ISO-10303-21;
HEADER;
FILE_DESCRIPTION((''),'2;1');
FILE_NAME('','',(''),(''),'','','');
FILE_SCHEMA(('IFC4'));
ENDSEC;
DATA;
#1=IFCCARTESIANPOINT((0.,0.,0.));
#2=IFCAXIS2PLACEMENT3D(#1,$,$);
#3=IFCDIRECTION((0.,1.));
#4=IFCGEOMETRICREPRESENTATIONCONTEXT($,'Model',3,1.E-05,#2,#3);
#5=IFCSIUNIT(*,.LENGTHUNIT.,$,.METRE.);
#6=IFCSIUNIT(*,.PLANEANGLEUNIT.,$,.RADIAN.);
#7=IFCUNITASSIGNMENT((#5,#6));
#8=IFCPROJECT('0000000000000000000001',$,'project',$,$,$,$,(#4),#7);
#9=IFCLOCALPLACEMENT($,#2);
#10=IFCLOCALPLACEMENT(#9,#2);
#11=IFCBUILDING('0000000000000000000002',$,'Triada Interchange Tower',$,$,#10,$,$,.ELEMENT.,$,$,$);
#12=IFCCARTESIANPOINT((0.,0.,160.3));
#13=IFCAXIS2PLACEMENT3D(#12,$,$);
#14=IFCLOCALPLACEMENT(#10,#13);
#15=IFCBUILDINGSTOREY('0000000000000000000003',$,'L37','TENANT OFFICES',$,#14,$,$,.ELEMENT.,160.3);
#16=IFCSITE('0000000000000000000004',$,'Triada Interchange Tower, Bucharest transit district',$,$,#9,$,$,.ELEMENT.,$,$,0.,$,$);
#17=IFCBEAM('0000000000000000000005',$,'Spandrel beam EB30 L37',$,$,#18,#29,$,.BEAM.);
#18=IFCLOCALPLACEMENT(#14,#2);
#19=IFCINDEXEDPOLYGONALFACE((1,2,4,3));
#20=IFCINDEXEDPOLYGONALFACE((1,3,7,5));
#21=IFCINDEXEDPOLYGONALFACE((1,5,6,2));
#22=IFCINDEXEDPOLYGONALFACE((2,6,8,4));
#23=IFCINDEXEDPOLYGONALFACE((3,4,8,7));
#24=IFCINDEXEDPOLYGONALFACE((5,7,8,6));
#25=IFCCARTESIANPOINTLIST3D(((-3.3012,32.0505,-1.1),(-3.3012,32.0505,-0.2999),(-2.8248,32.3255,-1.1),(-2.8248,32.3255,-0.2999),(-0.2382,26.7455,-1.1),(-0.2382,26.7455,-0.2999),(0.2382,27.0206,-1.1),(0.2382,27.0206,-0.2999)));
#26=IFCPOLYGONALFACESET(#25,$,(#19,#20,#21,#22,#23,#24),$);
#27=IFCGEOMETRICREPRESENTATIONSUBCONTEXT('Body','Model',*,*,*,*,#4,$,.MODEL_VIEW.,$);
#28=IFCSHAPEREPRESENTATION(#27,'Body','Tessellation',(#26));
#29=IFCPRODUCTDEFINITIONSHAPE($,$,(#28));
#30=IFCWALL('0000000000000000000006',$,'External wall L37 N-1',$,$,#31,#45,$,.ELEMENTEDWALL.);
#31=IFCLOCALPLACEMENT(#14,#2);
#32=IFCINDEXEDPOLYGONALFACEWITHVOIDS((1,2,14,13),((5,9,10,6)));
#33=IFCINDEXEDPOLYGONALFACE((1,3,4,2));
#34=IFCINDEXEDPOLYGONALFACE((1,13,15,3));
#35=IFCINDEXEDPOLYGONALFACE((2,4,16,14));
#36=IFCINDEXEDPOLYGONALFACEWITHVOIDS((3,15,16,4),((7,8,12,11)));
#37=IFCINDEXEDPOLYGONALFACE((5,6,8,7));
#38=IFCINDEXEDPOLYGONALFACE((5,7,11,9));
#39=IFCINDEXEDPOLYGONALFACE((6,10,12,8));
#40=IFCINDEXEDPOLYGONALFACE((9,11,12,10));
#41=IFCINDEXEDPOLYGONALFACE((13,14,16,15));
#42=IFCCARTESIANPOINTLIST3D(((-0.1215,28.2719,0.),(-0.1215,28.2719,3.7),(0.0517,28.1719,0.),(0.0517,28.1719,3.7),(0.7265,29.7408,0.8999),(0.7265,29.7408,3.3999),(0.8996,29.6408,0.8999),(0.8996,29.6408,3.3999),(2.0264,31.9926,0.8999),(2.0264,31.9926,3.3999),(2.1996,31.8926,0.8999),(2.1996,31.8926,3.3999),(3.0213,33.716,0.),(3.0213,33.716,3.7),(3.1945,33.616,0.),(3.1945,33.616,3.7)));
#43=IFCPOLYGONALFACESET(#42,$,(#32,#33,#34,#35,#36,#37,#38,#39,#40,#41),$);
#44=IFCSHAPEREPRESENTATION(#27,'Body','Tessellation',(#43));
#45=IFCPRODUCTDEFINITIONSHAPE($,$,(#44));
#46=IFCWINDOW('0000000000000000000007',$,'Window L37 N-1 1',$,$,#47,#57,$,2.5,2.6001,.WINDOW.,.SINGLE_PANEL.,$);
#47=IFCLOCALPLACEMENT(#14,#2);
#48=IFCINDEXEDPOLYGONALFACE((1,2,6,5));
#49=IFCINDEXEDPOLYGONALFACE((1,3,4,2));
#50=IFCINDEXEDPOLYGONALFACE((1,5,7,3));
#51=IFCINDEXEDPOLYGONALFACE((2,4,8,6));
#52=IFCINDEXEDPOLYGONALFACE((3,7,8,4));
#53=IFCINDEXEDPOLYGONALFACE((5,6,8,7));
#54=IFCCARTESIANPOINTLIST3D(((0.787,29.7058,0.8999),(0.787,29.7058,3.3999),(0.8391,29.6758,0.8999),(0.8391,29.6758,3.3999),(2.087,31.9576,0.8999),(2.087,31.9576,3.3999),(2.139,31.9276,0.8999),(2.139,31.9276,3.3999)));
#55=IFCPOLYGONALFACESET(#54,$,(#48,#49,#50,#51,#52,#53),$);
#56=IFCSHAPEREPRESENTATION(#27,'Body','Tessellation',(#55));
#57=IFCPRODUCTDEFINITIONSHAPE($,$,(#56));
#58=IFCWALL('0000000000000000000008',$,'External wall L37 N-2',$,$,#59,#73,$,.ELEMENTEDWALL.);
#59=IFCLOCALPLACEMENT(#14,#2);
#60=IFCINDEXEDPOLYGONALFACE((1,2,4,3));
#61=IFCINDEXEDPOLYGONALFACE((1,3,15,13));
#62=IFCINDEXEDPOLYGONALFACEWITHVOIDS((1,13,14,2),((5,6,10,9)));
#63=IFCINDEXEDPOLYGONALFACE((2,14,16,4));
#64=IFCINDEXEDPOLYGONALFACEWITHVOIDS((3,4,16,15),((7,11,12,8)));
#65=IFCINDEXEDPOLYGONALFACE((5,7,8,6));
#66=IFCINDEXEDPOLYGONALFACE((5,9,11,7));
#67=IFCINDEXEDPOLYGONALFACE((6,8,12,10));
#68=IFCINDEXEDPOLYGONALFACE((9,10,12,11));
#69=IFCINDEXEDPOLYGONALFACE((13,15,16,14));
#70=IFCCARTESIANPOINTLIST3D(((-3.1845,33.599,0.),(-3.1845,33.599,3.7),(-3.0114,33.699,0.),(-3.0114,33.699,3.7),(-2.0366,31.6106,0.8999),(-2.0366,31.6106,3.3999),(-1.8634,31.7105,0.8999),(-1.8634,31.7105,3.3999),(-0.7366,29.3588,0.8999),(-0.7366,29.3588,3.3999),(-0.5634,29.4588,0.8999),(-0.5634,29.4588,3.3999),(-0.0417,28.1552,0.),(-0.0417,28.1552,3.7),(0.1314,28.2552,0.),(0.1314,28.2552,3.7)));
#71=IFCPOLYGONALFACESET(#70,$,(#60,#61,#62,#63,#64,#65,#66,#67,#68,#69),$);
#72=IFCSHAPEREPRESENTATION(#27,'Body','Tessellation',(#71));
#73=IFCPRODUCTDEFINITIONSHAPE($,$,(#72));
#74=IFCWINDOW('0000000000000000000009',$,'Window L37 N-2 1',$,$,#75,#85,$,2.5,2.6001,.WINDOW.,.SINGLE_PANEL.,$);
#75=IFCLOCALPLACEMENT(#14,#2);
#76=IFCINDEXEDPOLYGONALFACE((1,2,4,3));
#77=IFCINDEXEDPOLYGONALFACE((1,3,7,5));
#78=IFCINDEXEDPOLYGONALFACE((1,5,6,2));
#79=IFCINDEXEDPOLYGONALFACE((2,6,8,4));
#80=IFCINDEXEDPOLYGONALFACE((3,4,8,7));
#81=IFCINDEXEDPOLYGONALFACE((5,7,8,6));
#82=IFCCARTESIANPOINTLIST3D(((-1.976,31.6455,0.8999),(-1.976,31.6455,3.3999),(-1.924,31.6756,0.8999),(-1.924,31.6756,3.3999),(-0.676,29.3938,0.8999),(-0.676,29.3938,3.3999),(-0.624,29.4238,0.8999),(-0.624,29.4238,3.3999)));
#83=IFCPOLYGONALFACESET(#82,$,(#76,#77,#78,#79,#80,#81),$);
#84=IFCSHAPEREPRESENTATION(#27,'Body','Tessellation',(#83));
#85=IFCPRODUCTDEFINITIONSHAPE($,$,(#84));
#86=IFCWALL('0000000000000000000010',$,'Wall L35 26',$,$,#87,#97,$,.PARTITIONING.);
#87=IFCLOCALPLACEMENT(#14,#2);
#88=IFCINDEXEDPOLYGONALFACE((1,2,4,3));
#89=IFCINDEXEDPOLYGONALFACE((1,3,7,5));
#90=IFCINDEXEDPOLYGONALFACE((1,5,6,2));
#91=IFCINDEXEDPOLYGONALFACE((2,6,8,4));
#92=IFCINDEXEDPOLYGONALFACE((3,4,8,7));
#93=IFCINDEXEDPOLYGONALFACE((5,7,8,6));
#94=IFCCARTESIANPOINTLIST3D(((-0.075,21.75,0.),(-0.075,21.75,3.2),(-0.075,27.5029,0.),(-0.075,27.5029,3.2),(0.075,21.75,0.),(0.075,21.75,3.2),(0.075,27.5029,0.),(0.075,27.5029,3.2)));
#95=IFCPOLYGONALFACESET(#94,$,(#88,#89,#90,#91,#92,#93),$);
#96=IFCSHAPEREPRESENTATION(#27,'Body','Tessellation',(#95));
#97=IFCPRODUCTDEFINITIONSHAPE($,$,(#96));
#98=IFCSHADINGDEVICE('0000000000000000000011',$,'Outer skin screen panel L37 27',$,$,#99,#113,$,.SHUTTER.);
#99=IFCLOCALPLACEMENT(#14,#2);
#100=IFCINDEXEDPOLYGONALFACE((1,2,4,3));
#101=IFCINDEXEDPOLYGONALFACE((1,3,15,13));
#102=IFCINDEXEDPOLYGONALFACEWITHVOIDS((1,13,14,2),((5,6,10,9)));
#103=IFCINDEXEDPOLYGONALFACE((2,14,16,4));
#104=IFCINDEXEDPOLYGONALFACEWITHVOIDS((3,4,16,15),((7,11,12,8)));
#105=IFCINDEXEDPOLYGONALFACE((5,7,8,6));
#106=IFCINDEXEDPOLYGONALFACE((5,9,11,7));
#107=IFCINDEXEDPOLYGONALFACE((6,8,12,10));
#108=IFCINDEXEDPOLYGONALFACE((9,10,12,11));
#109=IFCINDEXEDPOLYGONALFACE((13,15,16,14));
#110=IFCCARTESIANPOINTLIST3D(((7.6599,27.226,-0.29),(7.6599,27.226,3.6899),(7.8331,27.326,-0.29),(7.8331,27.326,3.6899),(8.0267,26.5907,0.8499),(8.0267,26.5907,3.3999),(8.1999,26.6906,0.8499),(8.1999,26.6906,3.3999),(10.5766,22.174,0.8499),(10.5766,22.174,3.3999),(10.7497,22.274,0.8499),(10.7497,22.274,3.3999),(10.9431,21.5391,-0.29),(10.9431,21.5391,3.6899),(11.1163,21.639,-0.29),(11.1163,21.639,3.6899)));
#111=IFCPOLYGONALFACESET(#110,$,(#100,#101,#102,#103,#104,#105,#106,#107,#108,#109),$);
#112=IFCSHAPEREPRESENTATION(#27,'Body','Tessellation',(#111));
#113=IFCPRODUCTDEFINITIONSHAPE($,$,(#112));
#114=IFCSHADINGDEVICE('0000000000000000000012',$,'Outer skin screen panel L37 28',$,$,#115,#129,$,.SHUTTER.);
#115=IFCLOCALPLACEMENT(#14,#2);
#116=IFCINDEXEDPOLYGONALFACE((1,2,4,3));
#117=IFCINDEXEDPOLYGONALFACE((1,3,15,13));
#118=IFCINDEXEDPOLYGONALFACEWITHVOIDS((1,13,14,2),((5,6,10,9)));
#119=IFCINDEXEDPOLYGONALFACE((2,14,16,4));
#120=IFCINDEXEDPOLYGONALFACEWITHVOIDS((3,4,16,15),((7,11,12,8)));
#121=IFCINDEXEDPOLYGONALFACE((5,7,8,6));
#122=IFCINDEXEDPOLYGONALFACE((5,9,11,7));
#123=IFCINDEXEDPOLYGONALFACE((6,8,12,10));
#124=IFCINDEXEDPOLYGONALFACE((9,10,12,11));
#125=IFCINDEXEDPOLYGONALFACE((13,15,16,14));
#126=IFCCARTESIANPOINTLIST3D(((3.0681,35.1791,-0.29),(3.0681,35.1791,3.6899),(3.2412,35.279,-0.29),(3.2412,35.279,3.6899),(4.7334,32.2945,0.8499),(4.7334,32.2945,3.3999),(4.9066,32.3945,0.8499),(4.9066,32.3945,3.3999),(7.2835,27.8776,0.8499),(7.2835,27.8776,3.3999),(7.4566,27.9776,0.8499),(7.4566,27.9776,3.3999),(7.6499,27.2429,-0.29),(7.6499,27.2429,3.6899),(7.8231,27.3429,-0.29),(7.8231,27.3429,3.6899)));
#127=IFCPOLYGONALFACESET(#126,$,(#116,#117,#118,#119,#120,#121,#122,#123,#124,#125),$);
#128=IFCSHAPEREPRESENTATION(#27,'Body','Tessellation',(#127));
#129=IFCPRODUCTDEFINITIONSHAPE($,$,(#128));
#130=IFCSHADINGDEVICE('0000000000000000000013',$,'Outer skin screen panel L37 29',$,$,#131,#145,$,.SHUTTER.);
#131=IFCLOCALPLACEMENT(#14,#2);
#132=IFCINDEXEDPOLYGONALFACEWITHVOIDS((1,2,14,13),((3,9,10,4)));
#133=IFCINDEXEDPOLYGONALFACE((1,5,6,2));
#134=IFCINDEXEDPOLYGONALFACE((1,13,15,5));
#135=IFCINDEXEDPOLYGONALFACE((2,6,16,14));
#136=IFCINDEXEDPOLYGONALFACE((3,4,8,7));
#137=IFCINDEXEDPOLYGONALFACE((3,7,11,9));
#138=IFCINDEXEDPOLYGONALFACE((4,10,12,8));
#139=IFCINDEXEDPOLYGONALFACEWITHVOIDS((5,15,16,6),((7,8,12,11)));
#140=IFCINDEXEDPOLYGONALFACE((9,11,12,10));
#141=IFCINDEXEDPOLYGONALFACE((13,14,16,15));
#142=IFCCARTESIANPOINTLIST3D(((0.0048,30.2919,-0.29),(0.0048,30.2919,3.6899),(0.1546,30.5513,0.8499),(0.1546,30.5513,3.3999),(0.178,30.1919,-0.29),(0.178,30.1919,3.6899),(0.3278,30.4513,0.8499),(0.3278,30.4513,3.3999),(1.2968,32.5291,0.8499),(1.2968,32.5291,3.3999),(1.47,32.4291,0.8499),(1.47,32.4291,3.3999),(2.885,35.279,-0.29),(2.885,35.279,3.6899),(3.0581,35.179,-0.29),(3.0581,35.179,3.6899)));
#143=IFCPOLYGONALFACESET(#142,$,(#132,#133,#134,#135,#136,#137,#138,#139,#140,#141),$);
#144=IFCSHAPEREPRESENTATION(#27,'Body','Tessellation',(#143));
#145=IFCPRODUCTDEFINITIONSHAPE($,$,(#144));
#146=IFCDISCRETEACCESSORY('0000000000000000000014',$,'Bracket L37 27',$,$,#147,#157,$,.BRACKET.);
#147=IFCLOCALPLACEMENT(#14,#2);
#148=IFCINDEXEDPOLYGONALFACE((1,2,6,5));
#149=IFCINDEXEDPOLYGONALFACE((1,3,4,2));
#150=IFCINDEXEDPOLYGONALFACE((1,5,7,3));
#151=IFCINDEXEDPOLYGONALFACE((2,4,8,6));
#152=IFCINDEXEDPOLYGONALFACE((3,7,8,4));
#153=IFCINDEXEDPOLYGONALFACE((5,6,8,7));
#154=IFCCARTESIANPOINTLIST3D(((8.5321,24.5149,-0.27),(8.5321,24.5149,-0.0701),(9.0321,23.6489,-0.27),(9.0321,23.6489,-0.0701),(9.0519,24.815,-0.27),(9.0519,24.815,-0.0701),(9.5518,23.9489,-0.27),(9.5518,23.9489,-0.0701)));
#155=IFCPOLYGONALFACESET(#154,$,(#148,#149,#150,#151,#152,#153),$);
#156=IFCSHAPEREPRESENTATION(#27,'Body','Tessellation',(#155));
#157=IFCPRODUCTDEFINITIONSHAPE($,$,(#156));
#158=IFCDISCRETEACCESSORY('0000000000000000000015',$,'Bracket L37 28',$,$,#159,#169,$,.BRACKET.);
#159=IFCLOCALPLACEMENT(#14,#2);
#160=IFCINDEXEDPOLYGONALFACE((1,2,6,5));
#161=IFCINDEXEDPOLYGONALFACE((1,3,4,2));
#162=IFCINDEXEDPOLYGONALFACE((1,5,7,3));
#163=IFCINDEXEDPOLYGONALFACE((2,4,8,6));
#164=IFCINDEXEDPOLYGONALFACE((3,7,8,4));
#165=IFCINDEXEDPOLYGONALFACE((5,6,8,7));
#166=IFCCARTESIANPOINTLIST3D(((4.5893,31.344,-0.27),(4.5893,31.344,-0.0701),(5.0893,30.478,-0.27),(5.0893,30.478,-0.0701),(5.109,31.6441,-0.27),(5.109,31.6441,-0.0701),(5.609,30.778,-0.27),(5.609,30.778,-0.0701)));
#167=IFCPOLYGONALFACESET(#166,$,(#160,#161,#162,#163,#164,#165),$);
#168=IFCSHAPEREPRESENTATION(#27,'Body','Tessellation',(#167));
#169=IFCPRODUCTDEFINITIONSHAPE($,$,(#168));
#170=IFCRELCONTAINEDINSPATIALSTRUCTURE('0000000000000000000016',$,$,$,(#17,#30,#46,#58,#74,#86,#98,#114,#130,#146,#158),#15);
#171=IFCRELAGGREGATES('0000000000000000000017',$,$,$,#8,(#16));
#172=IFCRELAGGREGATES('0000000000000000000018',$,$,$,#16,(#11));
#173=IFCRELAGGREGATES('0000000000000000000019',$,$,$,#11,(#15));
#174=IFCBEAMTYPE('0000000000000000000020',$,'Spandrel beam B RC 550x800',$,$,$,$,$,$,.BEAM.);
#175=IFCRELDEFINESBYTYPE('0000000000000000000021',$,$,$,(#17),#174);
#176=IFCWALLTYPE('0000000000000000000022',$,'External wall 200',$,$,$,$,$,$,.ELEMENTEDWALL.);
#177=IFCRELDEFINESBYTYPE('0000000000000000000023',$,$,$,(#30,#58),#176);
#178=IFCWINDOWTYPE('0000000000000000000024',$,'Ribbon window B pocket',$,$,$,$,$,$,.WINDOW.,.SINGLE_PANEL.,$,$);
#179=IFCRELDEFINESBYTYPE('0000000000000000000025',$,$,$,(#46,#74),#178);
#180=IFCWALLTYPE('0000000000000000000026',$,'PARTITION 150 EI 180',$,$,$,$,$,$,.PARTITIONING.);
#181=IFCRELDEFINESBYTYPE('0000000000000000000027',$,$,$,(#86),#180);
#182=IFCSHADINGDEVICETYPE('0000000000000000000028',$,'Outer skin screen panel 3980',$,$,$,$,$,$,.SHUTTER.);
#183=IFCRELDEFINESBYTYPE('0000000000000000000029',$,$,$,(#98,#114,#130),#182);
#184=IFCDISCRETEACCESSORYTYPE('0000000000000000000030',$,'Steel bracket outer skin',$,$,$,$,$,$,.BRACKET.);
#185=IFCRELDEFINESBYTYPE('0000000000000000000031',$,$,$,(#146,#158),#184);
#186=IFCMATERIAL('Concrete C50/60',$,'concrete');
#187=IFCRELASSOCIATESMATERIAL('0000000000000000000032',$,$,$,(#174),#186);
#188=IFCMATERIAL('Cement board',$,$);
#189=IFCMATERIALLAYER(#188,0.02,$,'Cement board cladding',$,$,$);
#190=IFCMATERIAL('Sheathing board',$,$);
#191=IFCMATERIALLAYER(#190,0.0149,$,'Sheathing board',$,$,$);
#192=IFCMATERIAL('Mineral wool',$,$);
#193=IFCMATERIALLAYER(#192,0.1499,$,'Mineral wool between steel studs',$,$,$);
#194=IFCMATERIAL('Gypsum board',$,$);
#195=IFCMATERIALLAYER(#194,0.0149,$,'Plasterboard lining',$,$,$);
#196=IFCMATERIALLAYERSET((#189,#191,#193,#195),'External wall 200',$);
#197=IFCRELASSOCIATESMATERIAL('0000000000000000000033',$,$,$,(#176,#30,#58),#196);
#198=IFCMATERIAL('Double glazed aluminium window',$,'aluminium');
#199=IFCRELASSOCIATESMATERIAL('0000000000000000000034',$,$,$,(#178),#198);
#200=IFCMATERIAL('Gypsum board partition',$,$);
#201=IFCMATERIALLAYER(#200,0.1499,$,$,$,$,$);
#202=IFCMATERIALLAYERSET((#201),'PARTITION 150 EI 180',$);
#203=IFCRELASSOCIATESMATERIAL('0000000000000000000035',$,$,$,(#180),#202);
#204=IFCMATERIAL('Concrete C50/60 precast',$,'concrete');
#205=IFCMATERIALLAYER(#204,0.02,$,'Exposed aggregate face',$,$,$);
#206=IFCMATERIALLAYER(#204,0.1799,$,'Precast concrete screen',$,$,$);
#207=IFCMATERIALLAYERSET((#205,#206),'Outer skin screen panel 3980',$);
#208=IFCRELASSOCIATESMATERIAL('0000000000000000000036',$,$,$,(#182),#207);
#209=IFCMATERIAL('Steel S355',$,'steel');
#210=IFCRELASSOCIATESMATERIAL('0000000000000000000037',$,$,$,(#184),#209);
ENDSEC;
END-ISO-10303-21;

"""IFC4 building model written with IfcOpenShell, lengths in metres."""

from ifc_helpers import new_model, si_unit, direction, frame, frame_2d, origin, origin_2d, place, context, subcontext, project, spatial, polyline, rectangle, outline, extrude, material, layer, layer_set, layer_usage, material_profile, profile_set, type_object, element, fill, save


model = new_model("IFC4")

# Units and contexts
model_context = context("Model", 3, precision=1e-05, world=origin(), true_north=direction((0.0, 1.0)))
body_context = subcontext(model_context, "Body", "Model", "MODEL_VIEW")
ifc_project = project(units=[si_unit("LENGTHUNIT", "METRE"), si_unit("PLANEANGLEUNIT", "RADIAN")], contexts=[model_context])

# Site, building, storey
site_placement = place(None, origin())
site = spatial("IfcSite", under=ifc_project, at=site_placement, Name="Triada Interchange Tower, Bucharest transit district", CompositionType="ELEMENT", RefElevation=0.0)
building_placement = place(site_placement, origin())
building = spatial("IfcBuilding", under=site, at=building_placement, Name="Triada Interchange Tower", CompositionType="ELEMENT")
storey_placement = place(building_placement, frame((0.0, 0.0, 160.3)))
storey = spatial("IfcBuildingStorey", under=building, at=storey_placement, Name="L37", Description="TENANT OFFICES", CompositionType="ELEMENT", Elevation=160.3)

# Beam
ifc_material_1 = material(Name="Concrete C50/60", Category="concrete")
ifc_material_profile_1 = material_profile(ifc_material_1, rectangle(XDim=0.55, YDim=0.8, at=origin_2d()), Name="RC 550x800")
ifc_profile_set_1 = profile_set([ifc_material_profile_1], Name="Concrete C50/60")
beam_type_1 = type_object("IfcBeamType", Name="Spandrel beam B RC 550x800", PredefinedType="BEAM", material=ifc_profile_set_1)
for number, where, z_axis, x_axis, name in (
    (1, (0.0, 26.8831, -0.7), (-0.500023, 0.866012, 0.0), (-0.866012, -0.500023, 0.0), "Spandrel beam EB30 L37"),
):
    element("IfcBeam", number, at=place(storey_placement, frame(where, z_axis=z_axis, x_axis=x_axis)), inside=storey, type_object=beam_type_1, Name=name, PredefinedType="BEAM", context=body_context, shape_type="SweptSolid", body=[
        extrude(rectangle(XDim=0.55, YDim=0.8, at=origin_2d()), origin(), (0.0, 0.0, 1.0), 6.1257),
    ])

# Walls, openings, windows
ifc_material_2 = material(Name="Cement board")
ifc_layer_1 = layer(ifc_material_2, 0.02, Name="Cement board cladding")
ifc_material_3 = material(Name="Sheathing board")
ifc_layer_2 = layer(ifc_material_3, 0.0149, Name="Sheathing board")
ifc_material_4 = material(Name="Mineral wool")
ifc_layer_3 = layer(ifc_material_4, 0.1499, Name="Mineral wool between steel studs")
ifc_material_5 = material(Name="Gypsum board")
ifc_layer_4 = layer(ifc_material_5, 0.0149, Name="Plasterboard lining")
ifc_layer_set_1 = layer_set([ifc_layer_1, ifc_layer_2, ifc_layer_3, ifc_layer_4], Name="External wall 200")
ifc_layer_usage = layer_usage(ifc_layer_set_1, "AXIS2", "POSITIVE", -0.1001)
wall_type_1 = type_object("IfcWallType", Name="External wall 200", PredefinedType="ELEMENTEDWALL", material=ifc_layer_set_1)
wall_1_placement = place(storey_placement, frame((3.1079, 33.666, 0.0), z_axis=(0.0, 0.0, 1.0), x_axis=(-0.499961, -0.866048, 0.0)))
wall_1 = element("IfcWall", 2, at=wall_1_placement, inside=storey, type_object=wall_type_1, material=ifc_layer_usage, Name="External wall L37 N-1", PredefinedType="ELEMENTEDWALL", context=body_context, shape_type="SweptSolid", body=[
    extrude(rectangle(XDim=6.2861, YDim=0.2, at=frame_2d((3.1431, 0.0))), origin(), (0.0, 0.0, 1.0), 3.7),
])
opening_1_placement = place(wall_1_placement, frame((1.99, 0.0, 0.8999)))
opening_1 = element("IfcOpeningElement", 3, at=opening_1_placement, cuts=wall_1, PredefinedType="OPENING", context=body_context, shape_type="SweptSolid", body=[
    extrude(rectangle(XDim=2.6001, YDim=2.5, at=frame_2d((1.3, 1.25))), frame((0.0, 0.1099, 0.0), z_axis=(0.0, -1.0, 0.0), x_axis=(1.0, 0.0, 0.0)), (0.0, 0.0, 1.0), 0.22),
])
ifc_material_6 = material(Name="Double glazed aluminium window", Category="aluminium")
window_type = type_object("IfcWindowType", Name="Ribbon window B pocket", PartitioningType="SINGLE_PANEL", PredefinedType="WINDOW", material=ifc_material_6)
window_1_placement = place(opening_1_placement, origin())
window_1 = element("IfcWindow", 4, at=window_1_placement, inside=storey, type_object=window_type, Name="Window L37 N-1 1", OverallHeight=2.5, OverallWidth=2.6001, PartitioningType="SINGLE_PANEL", PredefinedType="WINDOW", context=body_context, shape_type="SweptSolid", body=[
    extrude(rectangle(XDim=2.6001, YDim=2.5, at=frame_2d((1.3, 1.25))), frame((0.0, 0.03, 0.0), z_axis=(0.0, -1.0, 0.0), x_axis=(1.0, 0.0, 0.0)), (0.0, 0.0, 1.0), 0.0601),
])
fill(opening_1, window_1)
wall_2_placement = place(storey_placement, frame((0.0449, 28.2051, 0.0), z_axis=(0.0, 0.0, 1.0), x_axis=(-0.499978, 0.866038, 0.0)))
wall_2 = element("IfcWall", 5, at=wall_2_placement, inside=storey, type_object=wall_type_1, material=ifc_layer_usage, Name="External wall L37 N-2", PredefinedType="ELEMENTEDWALL", context=body_context, shape_type="SweptSolid", body=[
    extrude(rectangle(XDim=6.2859, YDim=0.2, at=frame_2d((3.1431, 0.0))), origin(), (0.0, 0.0, 1.0), 3.7),
])
opening_2_placement = place(wall_2_placement, frame((1.3899, 0.0, 0.8999)))
opening_2 = element("IfcOpeningElement", 6, at=opening_2_placement, cuts=wall_2, PredefinedType="OPENING", context=body_context, shape_type="SweptSolid", body=[
    extrude(rectangle(XDim=2.6001, YDim=2.5, at=frame_2d((1.3, 1.25))), frame((0.0, 0.1099, 0.0), z_axis=(0.0, -1.0, 0.0), x_axis=(1.0, 0.0, 0.0)), (0.0, 0.0, 1.0), 0.22),
])
window_2_placement = place(opening_2_placement, origin())
window_2 = element("IfcWindow", 7, at=window_2_placement, inside=storey, type_object=window_type, Name="Window L37 N-2 1", OverallHeight=2.5, OverallWidth=2.6001, PartitioningType="SINGLE_PANEL", PredefinedType="WINDOW", context=body_context, shape_type="SweptSolid", body=[
    extrude(rectangle(XDim=2.6001, YDim=2.5, at=frame_2d((1.3, 1.25))), frame((0.0, 0.03, 0.0), z_axis=(0.0, -1.0, 0.0), x_axis=(1.0, 0.0, 0.0)), (0.0, 0.0, 1.0), 0.0601),
])
fill(opening_2, window_2)

# Wall
ifc_material_7 = material(Name="Gypsum board partition")
ifc_layer_5 = layer(ifc_material_7, 0.1499)
ifc_layer_set_2 = layer_set([ifc_layer_5], Name="PARTITION 150 EI 180")
wall_type_2 = type_object("IfcWallType", Name="PARTITION 150 EI 180", PredefinedType="PARTITIONING", material=ifc_layer_set_2)
wall_3_placement = place(storey_placement, frame((0.0, 21.75, 0.0), z_axis=(0.0, 0.0, 1.0), x_axis=(0.0, 1.0, 0.0)))
element("IfcWall", 8, at=wall_3_placement, inside=storey, type_object=wall_type_2, Name="Wall L35 26", PredefinedType="PARTITIONING", context=body_context, shape_type="SweptSolid", body=[
    extrude(rectangle(XDim=5.7529, YDim=0.1499, at=frame_2d((2.8765, 0.0))), origin(), (0.0, 0.0, 1.0), 3.2),
])

# Shading devices
ifc_material_8 = material(Name="Concrete C50/60 precast", Category="concrete")
ifc_layer_6 = layer(ifc_material_8, 0.02, Name="Exposed aggregate face")
ifc_layer_7 = layer(ifc_material_8, 0.1799, Name="Precast concrete screen")
ifc_layer_set_3 = layer_set([ifc_layer_6, ifc_layer_7], Name="Outer skin screen panel 3980")
shading_device_type = type_object("IfcShadingDeviceType", Name="Outer skin screen panel 3980", PredefinedType="SHUTTER", material=ifc_layer_set_3)
shading_device_1_placement = place(storey_placement, frame((10.9431, 21.5391, -0.29), z_axis=(0.0, 0.0, 1.0), x_axis=(-0.499978, 0.866038, 0.0)))
element("IfcShadingDevice", 9, at=shading_device_1_placement, inside=storey, type_object=shading_device_type, Name="Outer skin screen panel L37 27", PredefinedType="SHUTTER", context=body_context, shape_type="SweptSolid", body=[
    extrude(outline(polyline([(0.0, 0.0), (6.5667, 0.0), (6.5667, 3.98), (0.0, 3.98), (0.0, 0.0)]), holes=[polyline([(0.7332, 1.1399), (0.7332, 3.6899), (5.833, 3.6899), (5.833, 1.1399), (0.7332, 1.1399)])]), frame((0.0, 0.0, 0.0), z_axis=(0.0, -1.0, 0.0), x_axis=(1.0, 0.0, 0.0)), (0.0, 0.0, 1.0), 0.2),
])
shading_device_2_placement = place(storey_placement, frame((7.6499, 27.2429, -0.29), z_axis=(0.0, 0.0, 1.0), x_axis=(-0.499993, 0.866029, 0.0)))
element("IfcShadingDevice", 10, at=shading_device_2_placement, inside=storey, type_object=shading_device_type, Name="Outer skin screen panel L37 28", PredefinedType="SHUTTER", context=body_context, shape_type="SweptSolid", body=[
    extrude(outline(polyline([(0.0, 0.0), (9.1638, 0.0), (9.1638, 3.98), (0.0, 3.98), (0.0, 0.0)]), holes=[polyline([(0.7329, 1.1399), (0.7329, 3.6899), (5.833, 3.6899), (5.833, 1.1399), (0.7329, 1.1399)])]), frame((0.0, 0.0, 0.0), z_axis=(0.0, -1.0, 0.0), x_axis=(1.0, 0.0, 0.0)), (0.0, 0.0, 1.0), 0.2),
])
shading_device_3_placement = place(storey_placement, frame((3.0581, 35.179, -0.29), z_axis=(0.0, 0.0, 1.0), x_axis=(-0.50011, -0.865962, 0.0)))
element("IfcShadingDevice", 11, at=shading_device_3_placement, inside=storey, type_object=shading_device_type, Name="Outer skin screen panel L37 29", PredefinedType="SHUTTER", context=body_context, shape_type="SweptSolid", body=[
    extrude(outline(polyline([(0.0, 0.0), (5.759, 0.0), (5.759, 3.98), (0.0, 3.98), (0.0, 0.0)]), holes=[polyline([(3.1755, 1.1399), (3.1755, 3.6899), (5.4595, 3.6899), (5.4595, 1.1399), (3.1755, 1.1399)])]), frame((0.0, 0.0, 0.0), z_axis=(0.0, -1.0, 0.0), x_axis=(1.0, 0.0, 0.0)), (0.0, 0.0, 1.0), 0.2),
])

# Discrete accessories
ifc_material_9 = material(Name="Steel S355", Category="steel")
discrete_accessory_type = type_object("IfcDiscreteAccessoryType", Name="Steel bracket outer skin", PredefinedType="BRACKET", material=ifc_material_9)
for number, where, z_axis, x_axis, name in (
    (12, (9.042, 24.2319, -0.27), (0.0, 0.0, 1.0), (0.866036, 0.499982, 0.0), "Bracket L37 27"),
    (13, (5.0991, 31.061, -0.27), (0.0, 0.0, 1.0), (0.866036, 0.499982, 0.0), "Bracket L37 28"),
):
    element("IfcDiscreteAccessory", number, at=place(storey_placement, frame(where, z_axis=z_axis, x_axis=x_axis)), inside=storey, type_object=discrete_accessory_type, Name=name, PredefinedType="BRACKET", context=body_context, shape_type="SweptSolid", body=[
        extrude(rectangle(XDim=0.6001, YDim=1.0, at=origin_2d()), origin(), (0.0, 0.0, 1.0), 0.2),
    ])

save(model, "model.ifc")
